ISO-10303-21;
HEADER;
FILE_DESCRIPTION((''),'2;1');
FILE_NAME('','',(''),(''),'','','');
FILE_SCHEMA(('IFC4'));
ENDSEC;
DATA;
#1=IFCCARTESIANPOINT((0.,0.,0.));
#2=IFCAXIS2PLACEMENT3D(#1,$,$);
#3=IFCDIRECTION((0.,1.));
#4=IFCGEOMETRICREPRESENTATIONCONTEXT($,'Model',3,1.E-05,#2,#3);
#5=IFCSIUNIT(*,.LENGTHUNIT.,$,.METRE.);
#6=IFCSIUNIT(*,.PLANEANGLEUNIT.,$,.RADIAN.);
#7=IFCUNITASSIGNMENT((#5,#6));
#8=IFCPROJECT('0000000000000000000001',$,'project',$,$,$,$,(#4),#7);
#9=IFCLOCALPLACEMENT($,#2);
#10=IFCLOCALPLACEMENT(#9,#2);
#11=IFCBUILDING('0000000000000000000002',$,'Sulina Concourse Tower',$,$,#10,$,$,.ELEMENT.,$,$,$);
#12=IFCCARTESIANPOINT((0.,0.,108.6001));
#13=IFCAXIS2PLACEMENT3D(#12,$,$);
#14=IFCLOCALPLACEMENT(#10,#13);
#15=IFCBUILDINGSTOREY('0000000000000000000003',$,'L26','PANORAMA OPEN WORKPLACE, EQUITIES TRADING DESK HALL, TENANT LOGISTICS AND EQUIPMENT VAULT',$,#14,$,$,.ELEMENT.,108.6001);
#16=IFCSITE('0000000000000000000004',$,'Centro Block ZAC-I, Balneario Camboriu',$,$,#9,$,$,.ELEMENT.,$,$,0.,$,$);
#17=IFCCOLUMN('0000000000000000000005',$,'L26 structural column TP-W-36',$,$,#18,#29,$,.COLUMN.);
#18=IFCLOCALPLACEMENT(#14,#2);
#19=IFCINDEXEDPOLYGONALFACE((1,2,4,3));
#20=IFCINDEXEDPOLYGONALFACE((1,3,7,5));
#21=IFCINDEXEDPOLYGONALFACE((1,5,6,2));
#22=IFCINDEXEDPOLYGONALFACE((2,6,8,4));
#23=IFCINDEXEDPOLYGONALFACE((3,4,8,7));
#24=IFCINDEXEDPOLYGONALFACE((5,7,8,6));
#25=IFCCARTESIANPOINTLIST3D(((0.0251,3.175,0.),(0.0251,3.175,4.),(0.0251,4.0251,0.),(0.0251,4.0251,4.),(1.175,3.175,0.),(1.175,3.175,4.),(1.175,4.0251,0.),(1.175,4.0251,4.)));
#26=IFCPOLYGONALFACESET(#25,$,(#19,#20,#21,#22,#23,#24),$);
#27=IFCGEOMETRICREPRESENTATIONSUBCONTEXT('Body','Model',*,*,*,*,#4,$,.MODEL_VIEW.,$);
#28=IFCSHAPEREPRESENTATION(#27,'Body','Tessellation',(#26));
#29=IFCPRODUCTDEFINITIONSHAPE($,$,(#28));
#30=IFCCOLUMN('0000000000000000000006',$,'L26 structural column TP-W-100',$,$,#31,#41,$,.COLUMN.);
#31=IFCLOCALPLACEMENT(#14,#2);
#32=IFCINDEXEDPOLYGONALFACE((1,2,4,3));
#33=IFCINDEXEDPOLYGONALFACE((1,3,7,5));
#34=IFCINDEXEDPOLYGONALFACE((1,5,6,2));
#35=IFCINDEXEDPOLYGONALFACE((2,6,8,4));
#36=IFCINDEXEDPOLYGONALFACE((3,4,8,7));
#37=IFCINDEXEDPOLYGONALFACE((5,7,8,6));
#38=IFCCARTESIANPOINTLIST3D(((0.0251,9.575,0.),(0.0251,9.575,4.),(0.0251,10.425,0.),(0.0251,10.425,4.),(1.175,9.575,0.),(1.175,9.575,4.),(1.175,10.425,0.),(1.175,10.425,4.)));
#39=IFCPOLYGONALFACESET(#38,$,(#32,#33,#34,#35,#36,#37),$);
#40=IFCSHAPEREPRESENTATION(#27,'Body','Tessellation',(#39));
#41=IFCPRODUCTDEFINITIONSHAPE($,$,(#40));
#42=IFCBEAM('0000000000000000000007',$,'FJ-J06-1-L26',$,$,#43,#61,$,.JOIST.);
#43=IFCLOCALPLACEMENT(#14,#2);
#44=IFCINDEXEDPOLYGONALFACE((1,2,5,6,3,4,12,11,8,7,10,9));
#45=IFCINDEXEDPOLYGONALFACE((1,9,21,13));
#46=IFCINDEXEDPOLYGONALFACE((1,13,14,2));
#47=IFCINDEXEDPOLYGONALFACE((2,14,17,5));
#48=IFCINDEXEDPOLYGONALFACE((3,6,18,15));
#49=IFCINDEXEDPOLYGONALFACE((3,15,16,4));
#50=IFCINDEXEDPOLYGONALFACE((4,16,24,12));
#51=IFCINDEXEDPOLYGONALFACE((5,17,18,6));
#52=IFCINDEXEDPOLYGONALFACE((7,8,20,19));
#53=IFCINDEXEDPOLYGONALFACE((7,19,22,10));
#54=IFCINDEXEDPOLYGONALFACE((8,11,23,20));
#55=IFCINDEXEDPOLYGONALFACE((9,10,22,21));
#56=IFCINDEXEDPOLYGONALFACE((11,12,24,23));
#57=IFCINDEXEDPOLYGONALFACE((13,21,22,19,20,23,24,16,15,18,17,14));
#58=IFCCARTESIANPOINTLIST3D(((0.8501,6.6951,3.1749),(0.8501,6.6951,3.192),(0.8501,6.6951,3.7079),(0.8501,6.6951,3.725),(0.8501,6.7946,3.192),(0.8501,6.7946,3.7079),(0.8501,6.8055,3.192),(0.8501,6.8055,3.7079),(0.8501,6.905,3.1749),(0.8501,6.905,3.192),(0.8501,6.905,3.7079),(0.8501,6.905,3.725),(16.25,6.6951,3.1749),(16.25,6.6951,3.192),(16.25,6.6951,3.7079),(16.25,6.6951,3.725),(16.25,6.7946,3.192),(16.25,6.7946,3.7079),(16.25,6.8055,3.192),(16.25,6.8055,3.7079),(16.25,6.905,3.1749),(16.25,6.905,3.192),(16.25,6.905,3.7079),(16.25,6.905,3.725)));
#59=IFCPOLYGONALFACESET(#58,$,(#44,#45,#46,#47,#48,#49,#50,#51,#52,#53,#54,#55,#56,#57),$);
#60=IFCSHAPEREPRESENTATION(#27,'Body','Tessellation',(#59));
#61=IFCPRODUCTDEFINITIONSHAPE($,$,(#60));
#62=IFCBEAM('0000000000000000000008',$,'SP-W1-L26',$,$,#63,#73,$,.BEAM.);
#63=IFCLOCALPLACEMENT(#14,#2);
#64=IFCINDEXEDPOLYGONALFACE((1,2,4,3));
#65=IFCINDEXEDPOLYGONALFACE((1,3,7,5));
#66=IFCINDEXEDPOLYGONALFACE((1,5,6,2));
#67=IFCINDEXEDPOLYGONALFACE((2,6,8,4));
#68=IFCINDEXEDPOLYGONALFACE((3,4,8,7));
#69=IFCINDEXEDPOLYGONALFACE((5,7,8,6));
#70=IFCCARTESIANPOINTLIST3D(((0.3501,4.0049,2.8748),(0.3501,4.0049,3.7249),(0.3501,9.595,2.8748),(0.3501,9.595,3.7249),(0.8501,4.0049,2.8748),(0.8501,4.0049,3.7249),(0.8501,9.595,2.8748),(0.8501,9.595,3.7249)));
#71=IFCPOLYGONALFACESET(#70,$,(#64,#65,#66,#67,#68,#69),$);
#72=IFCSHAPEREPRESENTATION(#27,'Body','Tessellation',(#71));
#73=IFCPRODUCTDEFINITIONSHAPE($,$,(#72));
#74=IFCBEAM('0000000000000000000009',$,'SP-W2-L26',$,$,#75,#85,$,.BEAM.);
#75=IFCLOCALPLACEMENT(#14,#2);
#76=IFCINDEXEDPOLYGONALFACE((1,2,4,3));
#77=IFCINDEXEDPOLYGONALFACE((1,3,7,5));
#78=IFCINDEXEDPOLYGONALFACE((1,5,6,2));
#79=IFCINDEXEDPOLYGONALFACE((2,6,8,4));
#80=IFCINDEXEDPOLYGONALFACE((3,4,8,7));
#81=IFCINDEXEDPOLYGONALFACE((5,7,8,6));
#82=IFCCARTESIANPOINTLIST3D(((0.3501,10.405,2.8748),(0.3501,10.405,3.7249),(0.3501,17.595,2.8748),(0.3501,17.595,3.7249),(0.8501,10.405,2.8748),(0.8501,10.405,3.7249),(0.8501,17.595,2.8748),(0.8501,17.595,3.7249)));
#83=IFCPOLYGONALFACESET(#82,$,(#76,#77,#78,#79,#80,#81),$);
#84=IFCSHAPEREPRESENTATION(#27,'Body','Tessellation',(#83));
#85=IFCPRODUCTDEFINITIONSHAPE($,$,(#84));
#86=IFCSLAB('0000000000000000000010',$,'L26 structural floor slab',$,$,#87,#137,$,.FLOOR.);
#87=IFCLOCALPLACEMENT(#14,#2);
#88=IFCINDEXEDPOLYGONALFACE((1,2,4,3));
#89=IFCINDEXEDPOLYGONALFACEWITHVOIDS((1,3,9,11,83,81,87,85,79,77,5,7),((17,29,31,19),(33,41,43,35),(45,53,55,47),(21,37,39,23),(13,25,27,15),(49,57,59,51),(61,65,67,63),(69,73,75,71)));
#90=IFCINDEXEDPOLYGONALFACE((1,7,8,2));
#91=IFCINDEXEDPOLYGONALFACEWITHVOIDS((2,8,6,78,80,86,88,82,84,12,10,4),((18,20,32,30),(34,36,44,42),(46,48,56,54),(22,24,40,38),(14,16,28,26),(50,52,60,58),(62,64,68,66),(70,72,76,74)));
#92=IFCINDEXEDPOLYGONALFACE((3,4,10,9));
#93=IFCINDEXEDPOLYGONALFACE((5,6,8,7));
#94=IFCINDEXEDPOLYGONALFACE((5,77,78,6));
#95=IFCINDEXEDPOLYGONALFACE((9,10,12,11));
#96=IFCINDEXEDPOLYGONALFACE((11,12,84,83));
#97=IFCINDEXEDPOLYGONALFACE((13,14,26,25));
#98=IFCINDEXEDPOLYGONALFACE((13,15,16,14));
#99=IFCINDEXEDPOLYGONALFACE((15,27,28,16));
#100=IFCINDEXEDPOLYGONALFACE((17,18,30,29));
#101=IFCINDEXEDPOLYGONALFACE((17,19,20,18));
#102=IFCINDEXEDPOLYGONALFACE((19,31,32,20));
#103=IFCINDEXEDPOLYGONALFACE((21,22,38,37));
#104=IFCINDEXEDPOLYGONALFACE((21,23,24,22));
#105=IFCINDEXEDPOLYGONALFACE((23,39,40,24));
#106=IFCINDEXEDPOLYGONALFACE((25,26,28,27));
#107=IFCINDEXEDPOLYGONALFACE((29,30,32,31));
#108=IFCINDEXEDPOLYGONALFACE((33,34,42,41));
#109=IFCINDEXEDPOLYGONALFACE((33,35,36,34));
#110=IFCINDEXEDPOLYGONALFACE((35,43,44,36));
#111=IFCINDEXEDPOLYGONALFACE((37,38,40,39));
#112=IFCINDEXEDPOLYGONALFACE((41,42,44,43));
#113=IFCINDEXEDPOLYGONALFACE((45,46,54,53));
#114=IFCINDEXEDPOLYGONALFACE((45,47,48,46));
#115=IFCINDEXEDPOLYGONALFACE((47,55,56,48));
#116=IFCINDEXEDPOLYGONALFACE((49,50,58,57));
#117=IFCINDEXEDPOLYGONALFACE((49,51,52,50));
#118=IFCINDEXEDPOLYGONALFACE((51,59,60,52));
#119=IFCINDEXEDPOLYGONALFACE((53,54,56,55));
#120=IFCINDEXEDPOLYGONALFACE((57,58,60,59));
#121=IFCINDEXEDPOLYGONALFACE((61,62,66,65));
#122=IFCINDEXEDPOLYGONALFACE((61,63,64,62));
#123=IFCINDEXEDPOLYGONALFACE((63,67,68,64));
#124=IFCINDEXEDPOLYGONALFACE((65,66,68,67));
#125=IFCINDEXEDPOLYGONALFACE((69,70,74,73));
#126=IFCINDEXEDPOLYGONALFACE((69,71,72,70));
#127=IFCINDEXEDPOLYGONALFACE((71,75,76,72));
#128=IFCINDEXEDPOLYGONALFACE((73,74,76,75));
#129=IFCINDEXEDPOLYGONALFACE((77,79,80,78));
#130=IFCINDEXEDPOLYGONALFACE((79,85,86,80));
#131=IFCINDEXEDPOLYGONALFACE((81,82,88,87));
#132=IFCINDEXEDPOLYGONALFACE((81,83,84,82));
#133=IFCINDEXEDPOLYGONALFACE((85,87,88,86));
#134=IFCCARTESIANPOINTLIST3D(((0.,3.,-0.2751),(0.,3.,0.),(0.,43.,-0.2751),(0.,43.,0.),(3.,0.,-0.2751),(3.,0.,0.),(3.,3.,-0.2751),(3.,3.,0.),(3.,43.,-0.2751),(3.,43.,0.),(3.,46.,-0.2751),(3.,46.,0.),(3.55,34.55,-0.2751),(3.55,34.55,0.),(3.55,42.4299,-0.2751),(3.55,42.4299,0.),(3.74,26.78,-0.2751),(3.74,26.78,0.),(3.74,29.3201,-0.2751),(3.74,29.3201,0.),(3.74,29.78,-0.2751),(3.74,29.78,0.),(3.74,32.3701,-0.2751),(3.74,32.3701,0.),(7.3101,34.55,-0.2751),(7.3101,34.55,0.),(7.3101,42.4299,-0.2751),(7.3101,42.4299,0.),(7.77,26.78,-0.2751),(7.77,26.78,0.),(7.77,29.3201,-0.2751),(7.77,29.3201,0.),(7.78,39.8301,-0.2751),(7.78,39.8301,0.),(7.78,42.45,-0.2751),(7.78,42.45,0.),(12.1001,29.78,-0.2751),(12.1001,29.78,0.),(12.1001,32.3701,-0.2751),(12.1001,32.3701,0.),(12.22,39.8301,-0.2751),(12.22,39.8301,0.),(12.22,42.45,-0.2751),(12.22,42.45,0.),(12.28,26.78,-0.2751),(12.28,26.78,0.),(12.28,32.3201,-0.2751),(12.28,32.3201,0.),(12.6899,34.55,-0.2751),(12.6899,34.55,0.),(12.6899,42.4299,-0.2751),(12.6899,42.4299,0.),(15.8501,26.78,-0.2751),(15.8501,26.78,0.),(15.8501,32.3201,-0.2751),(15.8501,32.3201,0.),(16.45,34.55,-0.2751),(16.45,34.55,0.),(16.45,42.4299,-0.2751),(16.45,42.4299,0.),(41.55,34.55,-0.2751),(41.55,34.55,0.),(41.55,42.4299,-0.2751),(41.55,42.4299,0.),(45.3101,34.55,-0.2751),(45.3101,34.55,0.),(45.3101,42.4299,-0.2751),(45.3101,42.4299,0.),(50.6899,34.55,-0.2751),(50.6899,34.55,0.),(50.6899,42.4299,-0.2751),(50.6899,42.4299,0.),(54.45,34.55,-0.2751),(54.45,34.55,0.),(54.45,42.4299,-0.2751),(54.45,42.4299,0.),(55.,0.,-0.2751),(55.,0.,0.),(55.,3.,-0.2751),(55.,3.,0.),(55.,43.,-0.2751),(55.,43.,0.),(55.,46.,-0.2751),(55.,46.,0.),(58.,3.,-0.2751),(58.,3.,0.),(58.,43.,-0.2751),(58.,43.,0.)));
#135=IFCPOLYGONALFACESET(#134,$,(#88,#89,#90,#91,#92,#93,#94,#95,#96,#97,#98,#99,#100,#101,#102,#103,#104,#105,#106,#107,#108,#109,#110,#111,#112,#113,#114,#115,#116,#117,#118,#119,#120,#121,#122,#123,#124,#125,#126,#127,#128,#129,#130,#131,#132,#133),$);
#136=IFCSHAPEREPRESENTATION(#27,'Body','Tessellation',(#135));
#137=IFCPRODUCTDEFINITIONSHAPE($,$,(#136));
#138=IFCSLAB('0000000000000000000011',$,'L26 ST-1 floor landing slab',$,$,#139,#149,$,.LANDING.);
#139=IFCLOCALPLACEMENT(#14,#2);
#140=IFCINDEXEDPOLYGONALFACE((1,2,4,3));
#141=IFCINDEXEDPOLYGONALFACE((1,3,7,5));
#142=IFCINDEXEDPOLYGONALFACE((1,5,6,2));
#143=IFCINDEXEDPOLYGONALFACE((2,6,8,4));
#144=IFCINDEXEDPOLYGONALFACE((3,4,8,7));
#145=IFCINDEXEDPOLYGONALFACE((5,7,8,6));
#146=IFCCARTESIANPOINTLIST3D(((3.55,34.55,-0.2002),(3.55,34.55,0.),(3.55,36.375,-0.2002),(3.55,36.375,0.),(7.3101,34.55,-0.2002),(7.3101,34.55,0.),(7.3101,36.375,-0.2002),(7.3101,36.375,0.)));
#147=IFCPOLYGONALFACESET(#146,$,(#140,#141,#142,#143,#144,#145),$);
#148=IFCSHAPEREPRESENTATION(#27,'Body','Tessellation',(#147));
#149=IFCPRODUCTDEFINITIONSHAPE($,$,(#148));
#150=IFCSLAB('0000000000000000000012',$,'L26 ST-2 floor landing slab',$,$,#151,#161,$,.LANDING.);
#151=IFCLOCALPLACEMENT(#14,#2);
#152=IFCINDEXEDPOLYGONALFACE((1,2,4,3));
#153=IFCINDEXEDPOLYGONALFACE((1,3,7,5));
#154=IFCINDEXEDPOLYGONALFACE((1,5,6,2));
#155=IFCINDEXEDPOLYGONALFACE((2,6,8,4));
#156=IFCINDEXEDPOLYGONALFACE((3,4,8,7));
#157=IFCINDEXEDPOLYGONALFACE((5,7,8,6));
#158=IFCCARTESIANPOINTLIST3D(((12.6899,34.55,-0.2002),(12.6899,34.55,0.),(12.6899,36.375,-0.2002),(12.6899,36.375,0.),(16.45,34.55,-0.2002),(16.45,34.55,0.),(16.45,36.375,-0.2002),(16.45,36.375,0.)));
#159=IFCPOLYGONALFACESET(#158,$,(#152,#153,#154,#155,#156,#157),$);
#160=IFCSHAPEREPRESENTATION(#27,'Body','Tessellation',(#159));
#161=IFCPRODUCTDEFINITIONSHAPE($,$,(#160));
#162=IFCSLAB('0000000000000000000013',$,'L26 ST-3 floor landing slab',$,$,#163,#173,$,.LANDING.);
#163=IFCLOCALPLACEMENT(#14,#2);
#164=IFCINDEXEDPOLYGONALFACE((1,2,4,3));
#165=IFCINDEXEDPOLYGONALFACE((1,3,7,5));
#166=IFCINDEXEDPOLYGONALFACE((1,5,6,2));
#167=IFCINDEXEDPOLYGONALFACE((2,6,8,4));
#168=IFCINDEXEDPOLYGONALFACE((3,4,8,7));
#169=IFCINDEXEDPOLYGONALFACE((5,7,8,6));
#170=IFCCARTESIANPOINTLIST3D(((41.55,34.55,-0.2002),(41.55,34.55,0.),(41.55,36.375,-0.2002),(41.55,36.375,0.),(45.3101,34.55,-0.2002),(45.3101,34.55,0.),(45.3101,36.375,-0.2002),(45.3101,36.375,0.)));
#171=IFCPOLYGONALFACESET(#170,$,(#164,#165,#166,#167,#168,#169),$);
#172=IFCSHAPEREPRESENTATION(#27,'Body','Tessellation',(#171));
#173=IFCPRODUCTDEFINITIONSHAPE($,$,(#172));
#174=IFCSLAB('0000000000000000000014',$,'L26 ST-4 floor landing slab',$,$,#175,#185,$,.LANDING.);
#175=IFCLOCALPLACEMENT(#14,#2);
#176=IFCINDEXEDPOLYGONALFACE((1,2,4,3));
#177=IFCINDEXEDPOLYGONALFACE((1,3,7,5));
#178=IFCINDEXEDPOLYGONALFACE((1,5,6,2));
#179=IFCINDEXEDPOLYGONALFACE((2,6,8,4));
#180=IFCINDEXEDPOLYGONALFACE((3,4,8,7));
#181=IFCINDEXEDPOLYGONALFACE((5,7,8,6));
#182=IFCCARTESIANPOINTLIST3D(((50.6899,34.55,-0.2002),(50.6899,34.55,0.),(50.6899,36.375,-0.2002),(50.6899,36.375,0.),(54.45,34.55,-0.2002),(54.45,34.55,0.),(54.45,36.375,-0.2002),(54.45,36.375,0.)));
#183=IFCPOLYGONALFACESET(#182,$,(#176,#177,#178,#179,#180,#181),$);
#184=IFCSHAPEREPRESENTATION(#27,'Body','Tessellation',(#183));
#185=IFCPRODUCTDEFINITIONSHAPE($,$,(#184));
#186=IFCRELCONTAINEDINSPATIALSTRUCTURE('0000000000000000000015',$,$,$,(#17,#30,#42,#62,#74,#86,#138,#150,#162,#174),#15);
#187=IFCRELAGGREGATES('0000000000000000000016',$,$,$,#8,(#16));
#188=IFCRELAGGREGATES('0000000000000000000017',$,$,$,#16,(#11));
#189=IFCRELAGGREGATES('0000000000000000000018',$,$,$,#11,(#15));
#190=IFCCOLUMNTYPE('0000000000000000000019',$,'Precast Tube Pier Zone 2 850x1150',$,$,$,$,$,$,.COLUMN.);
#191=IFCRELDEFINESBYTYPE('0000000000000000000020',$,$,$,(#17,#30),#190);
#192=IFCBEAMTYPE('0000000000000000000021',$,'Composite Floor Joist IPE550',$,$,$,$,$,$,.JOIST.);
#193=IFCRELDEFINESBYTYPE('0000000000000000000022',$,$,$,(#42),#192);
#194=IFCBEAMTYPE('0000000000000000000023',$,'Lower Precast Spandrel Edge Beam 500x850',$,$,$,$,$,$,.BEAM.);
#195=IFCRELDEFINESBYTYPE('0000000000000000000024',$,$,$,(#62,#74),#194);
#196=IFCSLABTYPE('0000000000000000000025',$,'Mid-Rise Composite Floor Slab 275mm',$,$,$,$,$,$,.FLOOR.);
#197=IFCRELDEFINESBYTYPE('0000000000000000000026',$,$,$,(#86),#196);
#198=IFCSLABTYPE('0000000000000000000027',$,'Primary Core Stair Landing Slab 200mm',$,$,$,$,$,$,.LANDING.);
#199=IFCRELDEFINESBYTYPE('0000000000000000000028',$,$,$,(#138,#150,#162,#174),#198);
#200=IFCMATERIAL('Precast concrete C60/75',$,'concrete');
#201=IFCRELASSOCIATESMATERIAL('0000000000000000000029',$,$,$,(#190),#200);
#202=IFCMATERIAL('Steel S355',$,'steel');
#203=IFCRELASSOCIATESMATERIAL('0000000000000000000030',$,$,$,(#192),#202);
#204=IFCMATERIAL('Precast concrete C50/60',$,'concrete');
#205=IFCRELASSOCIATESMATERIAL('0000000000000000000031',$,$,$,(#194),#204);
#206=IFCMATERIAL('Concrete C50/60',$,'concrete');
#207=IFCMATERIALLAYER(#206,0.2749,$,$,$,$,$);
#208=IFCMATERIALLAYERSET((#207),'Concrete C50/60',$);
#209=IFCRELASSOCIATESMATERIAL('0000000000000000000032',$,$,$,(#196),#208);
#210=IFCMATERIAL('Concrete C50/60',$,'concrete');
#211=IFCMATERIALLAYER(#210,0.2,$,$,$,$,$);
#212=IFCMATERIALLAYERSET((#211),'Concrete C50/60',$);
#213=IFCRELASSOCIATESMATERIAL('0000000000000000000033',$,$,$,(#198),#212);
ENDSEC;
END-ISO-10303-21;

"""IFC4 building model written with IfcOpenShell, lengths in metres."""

from ifc_helpers import new_model, si_unit, direction, frame, origin, origin_2d, place, context, subcontext, project, spatial, polyline, rectangle, i_section, outline, extrude, material, layer, layer_set, material_profile, profile_set, type_object, element, save


model = new_model("IFC4")

# Units and contexts
model_context = context("Model", 3, precision=1e-05, world=origin(), true_north=direction((0.0, 1.0)))
body_context = subcontext(model_context, "Body", "Model", "MODEL_VIEW")
ifc_project = project(units=[si_unit("LENGTHUNIT", "METRE"), si_unit("PLANEANGLEUNIT", "RADIAN")], contexts=[model_context])

# Site, building, storey
site_placement = place(None, origin())
site = spatial("IfcSite", under=ifc_project, at=site_placement, Name="Centro Block ZAC-I, Balneario Camboriu", CompositionType="ELEMENT", RefElevation=0.0)
building_placement = place(site_placement, origin())
building = spatial("IfcBuilding", under=site, at=building_placement, Name="Sulina Concourse Tower", CompositionType="ELEMENT")
storey_placement = place(building_placement, frame((0.0, 0.0, 108.6001)))
storey = spatial("IfcBuildingStorey", under=building, at=storey_placement, Name="L26", Description="PANORAMA OPEN WORKPLACE, EQUITIES TRADING DESK HALL, TENANT LOGISTICS AND EQUIPMENT VAULT", CompositionType="ELEMENT", Elevation=108.6001)

# Columns
ifc_material_1 = material(Name="Precast concrete C60/75", Category="concrete")
ifc_material_profile_1 = material_profile(ifc_material_1, rectangle(XDim=0.8501, YDim=1.1499, at=origin_2d()), Name="PC 850x1150")
ifc_profile_set_1 = profile_set([ifc_material_profile_1], Name="Precast concrete C60/75")
column_type = type_object("IfcColumnType", Name="Precast Tube Pier Zone 2 850x1150", PredefinedType="COLUMN", material=ifc_profile_set_1)
for number, where, z_axis, x_axis, name in (
    (1, (0.6001, 3.6001, 0.0), (0.0, 0.0, 1.0), (0.0, 1.0, 0.0), "L26 structural column TP-W-36"),
    (2, (0.6001, 10.0, 0.0), (0.0, 0.0, 1.0), (0.0, 1.0, 0.0), "L26 structural column TP-W-100"),
):
    element("IfcColumn", number, at=place(storey_placement, frame(where, z_axis=z_axis, x_axis=x_axis)), inside=storey, type_object=column_type, Name=name, PredefinedType="COLUMN", context=body_context, shape_type="SweptSolid", body=[
        extrude(rectangle(XDim=0.8501, YDim=1.1499, at=origin_2d()), origin(), (0.0, 0.0, 1.0), 4.0),
    ])

# Beams
ifc_material_2 = material(Name="Steel S355", Category="steel")
ifc_material_profile_2 = material_profile(ifc_material_2, i_section(OverallWidth=0.21, OverallDepth=0.55, WebThickness=0.011, FlangeThickness=0.0171, at=origin_2d()), Name="IPE 550")
ifc_profile_set_2 = profile_set([ifc_material_profile_2], Name="Steel S355")
beam_type_1 = type_object("IfcBeamType", Name="Composite Floor Joist IPE550", PredefinedType="JOIST", material=ifc_profile_set_2)
beam_1_placement = place(storey_placement, frame((0.8501, 6.8, 3.45), z_axis=(1.0, 0.0, 0.0), x_axis=(0.0, 1.0, 0.0)))
element("IfcBeam", 3, at=beam_1_placement, inside=storey, type_object=beam_type_1, Name="FJ-J06-1-L26", PredefinedType="JOIST", context=body_context, shape_type="SweptSolid", body=[
    extrude(i_section(OverallWidth=0.21, OverallDepth=0.55, WebThickness=0.011, FlangeThickness=0.0171, at=origin_2d()), origin(), (0.0, 0.0, 1.0), 15.3999),
])
ifc_material_3 = material(Name="Precast concrete C50/60", Category="concrete")
ifc_material_profile_3 = material_profile(ifc_material_3, rectangle(XDim=0.5, YDim=0.8501, at=origin_2d()), Name="RC 500x850")
ifc_profile_set_3 = profile_set([ifc_material_profile_3], Name="Precast concrete C50/60")
beam_type_2 = type_object("IfcBeamType", Name="Lower Precast Spandrel Edge Beam 500x850", PredefinedType="BEAM", material=ifc_profile_set_3)
beam_2_placement = place(storey_placement, frame((0.6001, 4.0049, 3.2998), z_axis=(0.0, 1.0, 0.0), x_axis=(-1.0, 0.0, 0.0)))
element("IfcBeam", 4, at=beam_2_placement, inside=storey, type_object=beam_type_2, Name="SP-W1-L26", PredefinedType="BEAM", context=body_context, shape_type="SweptSolid", body=[
    extrude(rectangle(XDim=0.5, YDim=0.8501, at=origin_2d()), origin(), (0.0, 0.0, 1.0), 5.5901),
])
beam_3_placement = place(storey_placement, frame((0.6001, 10.405, 3.2998), z_axis=(0.0, 1.0, 0.0), x_axis=(-1.0, 0.0, 0.0)))
element("IfcBeam", 5, at=beam_3_placement, inside=storey, type_object=beam_type_2, Name="SP-W2-L26", PredefinedType="BEAM", context=body_context, shape_type="SweptSolid", body=[
    extrude(rectangle(XDim=0.5, YDim=0.8501, at=origin_2d()), origin(), (0.0, 0.0, 1.0), 7.1899),
])

# Slabs
ifc_material_4 = material(Name="Concrete C50/60", Category="concrete")
ifc_layer_1 = layer(ifc_material_4, 0.2749)
ifc_layer_set_1 = layer_set([ifc_layer_1], Name="Concrete C50/60")
slab_type_1 = type_object("IfcSlabType", Name="Mid-Rise Composite Floor Slab 275mm", PredefinedType="FLOOR", material=ifc_layer_set_1)
slab_1_placement = place(storey_placement, frame((0.0, 0.0, -0.2751)))
element("IfcSlab", 6, at=slab_1_placement, inside=storey, type_object=slab_type_1, Name="L26 structural floor slab", PredefinedType="FLOOR", context=body_context, shape_type="SweptSolid", body=[
    extrude(outline(polyline([(3.0, 0.0), (55.0, 0.0), (55.0, 3.0), (58.0, 3.0), (58.0, 43.0), (55.0, 43.0), (55.0, 46.0), (3.0, 46.0), (3.0, 43.0), (0.0, 43.0), (0.0, 3.0), (3.0, 3.0), (3.0, 0.0)]), holes=[polyline([(7.3101, 34.55), (7.3101, 42.4299), (3.55, 42.4299), (3.55, 34.55), (7.3101, 34.55)]), polyline([(16.45, 34.55), (16.45, 42.4299), (12.6899, 42.4299), (12.6899, 34.55), (16.45, 34.55)]), polyline([(45.3101, 34.55), (45.3101, 42.4299), (41.55, 42.4299), (41.55, 34.55), (45.3101, 34.55)]), polyline([(54.45, 34.55), (54.45, 42.4299), (50.6899, 42.4299), (50.6899, 34.55), (54.45, 34.55)]), polyline([(7.78, 39.8301), (12.22, 39.8301), (12.22, 42.45), (7.78, 42.45), (7.78, 39.8301)]), polyline([(3.74, 26.78), (7.77, 26.78), (7.77, 29.3201), (3.74, 29.3201), (3.74, 26.78)]), polyline([(3.74, 29.78), (12.1001, 29.78), (12.1001, 32.3701), (3.74, 32.3701), (3.74, 29.78)]), polyline([(12.28, 26.78), (15.8501, 26.78), (15.8501, 32.3201), (12.28, 32.3201), (12.28, 26.78)])]), origin(), (0.0, 0.0, 1.0), 0.2751),
])
ifc_material_5 = material(Name="Concrete C50/60", Category="concrete")
ifc_layer_2 = layer(ifc_material_5, 0.2)
ifc_layer_set_2 = layer_set([ifc_layer_2], Name="Concrete C50/60")
slab_type_2 = type_object("IfcSlabType", Name="Primary Core Stair Landing Slab 200mm", PredefinedType="LANDING", material=ifc_layer_set_2)
slab_2_placement = place(storey_placement, frame((0.0, 0.0, -0.2002)))
element("IfcSlab", 7, at=slab_2_placement, inside=storey, type_object=slab_type_2, Name="L26 ST-1 floor landing slab", PredefinedType="LANDING", context=body_context, shape_type="SweptSolid", body=[
    extrude(outline(polyline([(7.3101, 34.55), (7.3101, 36.375), (3.55, 36.375), (3.55, 34.55), (7.3101, 34.55)])), origin(), (0.0, 0.0, 1.0), 0.2002),
])
slab_3_placement = place(storey_placement, frame((0.0, 0.0, -0.2002)))
element("IfcSlab", 8, at=slab_3_placement, inside=storey, type_object=slab_type_2, Name="L26 ST-2 floor landing slab", PredefinedType="LANDING", context=body_context, shape_type="SweptSolid", body=[
    extrude(outline(polyline([(16.45, 34.55), (16.45, 36.375), (12.6899, 36.375), (12.6899, 34.55), (16.45, 34.55)])), origin(), (0.0, 0.0, 1.0), 0.2002),
])
slab_4_placement = place(storey_placement, frame((0.0, 0.0, -0.2002)))
element("IfcSlab", 9, at=slab_4_placement, inside=storey, type_object=slab_type_2, Name="L26 ST-3 floor landing slab", PredefinedType="LANDING", context=body_context, shape_type="SweptSolid", body=[
    extrude(outline(polyline([(45.3101, 34.55), (45.3101, 36.375), (41.55, 36.375), (41.55, 34.55), (45.3101, 34.55)])), origin(), (0.0, 0.0, 1.0), 0.2002),
])
slab_5_placement = place(storey_placement, frame((0.0, 0.0, -0.2002)))
element("IfcSlab", 10, at=slab_5_placement, inside=storey, type_object=slab_type_2, Name="L26 ST-4 floor landing slab", PredefinedType="LANDING", context=body_context, shape_type="SweptSolid", body=[
    extrude(outline(polyline([(54.45, 34.55), (54.45, 36.375), (50.6899, 36.375), (50.6899, 34.55), (54.45, 34.55)])), origin(), (0.0, 0.0, 1.0), 0.2002),
])

save(model, "model.ifc")
